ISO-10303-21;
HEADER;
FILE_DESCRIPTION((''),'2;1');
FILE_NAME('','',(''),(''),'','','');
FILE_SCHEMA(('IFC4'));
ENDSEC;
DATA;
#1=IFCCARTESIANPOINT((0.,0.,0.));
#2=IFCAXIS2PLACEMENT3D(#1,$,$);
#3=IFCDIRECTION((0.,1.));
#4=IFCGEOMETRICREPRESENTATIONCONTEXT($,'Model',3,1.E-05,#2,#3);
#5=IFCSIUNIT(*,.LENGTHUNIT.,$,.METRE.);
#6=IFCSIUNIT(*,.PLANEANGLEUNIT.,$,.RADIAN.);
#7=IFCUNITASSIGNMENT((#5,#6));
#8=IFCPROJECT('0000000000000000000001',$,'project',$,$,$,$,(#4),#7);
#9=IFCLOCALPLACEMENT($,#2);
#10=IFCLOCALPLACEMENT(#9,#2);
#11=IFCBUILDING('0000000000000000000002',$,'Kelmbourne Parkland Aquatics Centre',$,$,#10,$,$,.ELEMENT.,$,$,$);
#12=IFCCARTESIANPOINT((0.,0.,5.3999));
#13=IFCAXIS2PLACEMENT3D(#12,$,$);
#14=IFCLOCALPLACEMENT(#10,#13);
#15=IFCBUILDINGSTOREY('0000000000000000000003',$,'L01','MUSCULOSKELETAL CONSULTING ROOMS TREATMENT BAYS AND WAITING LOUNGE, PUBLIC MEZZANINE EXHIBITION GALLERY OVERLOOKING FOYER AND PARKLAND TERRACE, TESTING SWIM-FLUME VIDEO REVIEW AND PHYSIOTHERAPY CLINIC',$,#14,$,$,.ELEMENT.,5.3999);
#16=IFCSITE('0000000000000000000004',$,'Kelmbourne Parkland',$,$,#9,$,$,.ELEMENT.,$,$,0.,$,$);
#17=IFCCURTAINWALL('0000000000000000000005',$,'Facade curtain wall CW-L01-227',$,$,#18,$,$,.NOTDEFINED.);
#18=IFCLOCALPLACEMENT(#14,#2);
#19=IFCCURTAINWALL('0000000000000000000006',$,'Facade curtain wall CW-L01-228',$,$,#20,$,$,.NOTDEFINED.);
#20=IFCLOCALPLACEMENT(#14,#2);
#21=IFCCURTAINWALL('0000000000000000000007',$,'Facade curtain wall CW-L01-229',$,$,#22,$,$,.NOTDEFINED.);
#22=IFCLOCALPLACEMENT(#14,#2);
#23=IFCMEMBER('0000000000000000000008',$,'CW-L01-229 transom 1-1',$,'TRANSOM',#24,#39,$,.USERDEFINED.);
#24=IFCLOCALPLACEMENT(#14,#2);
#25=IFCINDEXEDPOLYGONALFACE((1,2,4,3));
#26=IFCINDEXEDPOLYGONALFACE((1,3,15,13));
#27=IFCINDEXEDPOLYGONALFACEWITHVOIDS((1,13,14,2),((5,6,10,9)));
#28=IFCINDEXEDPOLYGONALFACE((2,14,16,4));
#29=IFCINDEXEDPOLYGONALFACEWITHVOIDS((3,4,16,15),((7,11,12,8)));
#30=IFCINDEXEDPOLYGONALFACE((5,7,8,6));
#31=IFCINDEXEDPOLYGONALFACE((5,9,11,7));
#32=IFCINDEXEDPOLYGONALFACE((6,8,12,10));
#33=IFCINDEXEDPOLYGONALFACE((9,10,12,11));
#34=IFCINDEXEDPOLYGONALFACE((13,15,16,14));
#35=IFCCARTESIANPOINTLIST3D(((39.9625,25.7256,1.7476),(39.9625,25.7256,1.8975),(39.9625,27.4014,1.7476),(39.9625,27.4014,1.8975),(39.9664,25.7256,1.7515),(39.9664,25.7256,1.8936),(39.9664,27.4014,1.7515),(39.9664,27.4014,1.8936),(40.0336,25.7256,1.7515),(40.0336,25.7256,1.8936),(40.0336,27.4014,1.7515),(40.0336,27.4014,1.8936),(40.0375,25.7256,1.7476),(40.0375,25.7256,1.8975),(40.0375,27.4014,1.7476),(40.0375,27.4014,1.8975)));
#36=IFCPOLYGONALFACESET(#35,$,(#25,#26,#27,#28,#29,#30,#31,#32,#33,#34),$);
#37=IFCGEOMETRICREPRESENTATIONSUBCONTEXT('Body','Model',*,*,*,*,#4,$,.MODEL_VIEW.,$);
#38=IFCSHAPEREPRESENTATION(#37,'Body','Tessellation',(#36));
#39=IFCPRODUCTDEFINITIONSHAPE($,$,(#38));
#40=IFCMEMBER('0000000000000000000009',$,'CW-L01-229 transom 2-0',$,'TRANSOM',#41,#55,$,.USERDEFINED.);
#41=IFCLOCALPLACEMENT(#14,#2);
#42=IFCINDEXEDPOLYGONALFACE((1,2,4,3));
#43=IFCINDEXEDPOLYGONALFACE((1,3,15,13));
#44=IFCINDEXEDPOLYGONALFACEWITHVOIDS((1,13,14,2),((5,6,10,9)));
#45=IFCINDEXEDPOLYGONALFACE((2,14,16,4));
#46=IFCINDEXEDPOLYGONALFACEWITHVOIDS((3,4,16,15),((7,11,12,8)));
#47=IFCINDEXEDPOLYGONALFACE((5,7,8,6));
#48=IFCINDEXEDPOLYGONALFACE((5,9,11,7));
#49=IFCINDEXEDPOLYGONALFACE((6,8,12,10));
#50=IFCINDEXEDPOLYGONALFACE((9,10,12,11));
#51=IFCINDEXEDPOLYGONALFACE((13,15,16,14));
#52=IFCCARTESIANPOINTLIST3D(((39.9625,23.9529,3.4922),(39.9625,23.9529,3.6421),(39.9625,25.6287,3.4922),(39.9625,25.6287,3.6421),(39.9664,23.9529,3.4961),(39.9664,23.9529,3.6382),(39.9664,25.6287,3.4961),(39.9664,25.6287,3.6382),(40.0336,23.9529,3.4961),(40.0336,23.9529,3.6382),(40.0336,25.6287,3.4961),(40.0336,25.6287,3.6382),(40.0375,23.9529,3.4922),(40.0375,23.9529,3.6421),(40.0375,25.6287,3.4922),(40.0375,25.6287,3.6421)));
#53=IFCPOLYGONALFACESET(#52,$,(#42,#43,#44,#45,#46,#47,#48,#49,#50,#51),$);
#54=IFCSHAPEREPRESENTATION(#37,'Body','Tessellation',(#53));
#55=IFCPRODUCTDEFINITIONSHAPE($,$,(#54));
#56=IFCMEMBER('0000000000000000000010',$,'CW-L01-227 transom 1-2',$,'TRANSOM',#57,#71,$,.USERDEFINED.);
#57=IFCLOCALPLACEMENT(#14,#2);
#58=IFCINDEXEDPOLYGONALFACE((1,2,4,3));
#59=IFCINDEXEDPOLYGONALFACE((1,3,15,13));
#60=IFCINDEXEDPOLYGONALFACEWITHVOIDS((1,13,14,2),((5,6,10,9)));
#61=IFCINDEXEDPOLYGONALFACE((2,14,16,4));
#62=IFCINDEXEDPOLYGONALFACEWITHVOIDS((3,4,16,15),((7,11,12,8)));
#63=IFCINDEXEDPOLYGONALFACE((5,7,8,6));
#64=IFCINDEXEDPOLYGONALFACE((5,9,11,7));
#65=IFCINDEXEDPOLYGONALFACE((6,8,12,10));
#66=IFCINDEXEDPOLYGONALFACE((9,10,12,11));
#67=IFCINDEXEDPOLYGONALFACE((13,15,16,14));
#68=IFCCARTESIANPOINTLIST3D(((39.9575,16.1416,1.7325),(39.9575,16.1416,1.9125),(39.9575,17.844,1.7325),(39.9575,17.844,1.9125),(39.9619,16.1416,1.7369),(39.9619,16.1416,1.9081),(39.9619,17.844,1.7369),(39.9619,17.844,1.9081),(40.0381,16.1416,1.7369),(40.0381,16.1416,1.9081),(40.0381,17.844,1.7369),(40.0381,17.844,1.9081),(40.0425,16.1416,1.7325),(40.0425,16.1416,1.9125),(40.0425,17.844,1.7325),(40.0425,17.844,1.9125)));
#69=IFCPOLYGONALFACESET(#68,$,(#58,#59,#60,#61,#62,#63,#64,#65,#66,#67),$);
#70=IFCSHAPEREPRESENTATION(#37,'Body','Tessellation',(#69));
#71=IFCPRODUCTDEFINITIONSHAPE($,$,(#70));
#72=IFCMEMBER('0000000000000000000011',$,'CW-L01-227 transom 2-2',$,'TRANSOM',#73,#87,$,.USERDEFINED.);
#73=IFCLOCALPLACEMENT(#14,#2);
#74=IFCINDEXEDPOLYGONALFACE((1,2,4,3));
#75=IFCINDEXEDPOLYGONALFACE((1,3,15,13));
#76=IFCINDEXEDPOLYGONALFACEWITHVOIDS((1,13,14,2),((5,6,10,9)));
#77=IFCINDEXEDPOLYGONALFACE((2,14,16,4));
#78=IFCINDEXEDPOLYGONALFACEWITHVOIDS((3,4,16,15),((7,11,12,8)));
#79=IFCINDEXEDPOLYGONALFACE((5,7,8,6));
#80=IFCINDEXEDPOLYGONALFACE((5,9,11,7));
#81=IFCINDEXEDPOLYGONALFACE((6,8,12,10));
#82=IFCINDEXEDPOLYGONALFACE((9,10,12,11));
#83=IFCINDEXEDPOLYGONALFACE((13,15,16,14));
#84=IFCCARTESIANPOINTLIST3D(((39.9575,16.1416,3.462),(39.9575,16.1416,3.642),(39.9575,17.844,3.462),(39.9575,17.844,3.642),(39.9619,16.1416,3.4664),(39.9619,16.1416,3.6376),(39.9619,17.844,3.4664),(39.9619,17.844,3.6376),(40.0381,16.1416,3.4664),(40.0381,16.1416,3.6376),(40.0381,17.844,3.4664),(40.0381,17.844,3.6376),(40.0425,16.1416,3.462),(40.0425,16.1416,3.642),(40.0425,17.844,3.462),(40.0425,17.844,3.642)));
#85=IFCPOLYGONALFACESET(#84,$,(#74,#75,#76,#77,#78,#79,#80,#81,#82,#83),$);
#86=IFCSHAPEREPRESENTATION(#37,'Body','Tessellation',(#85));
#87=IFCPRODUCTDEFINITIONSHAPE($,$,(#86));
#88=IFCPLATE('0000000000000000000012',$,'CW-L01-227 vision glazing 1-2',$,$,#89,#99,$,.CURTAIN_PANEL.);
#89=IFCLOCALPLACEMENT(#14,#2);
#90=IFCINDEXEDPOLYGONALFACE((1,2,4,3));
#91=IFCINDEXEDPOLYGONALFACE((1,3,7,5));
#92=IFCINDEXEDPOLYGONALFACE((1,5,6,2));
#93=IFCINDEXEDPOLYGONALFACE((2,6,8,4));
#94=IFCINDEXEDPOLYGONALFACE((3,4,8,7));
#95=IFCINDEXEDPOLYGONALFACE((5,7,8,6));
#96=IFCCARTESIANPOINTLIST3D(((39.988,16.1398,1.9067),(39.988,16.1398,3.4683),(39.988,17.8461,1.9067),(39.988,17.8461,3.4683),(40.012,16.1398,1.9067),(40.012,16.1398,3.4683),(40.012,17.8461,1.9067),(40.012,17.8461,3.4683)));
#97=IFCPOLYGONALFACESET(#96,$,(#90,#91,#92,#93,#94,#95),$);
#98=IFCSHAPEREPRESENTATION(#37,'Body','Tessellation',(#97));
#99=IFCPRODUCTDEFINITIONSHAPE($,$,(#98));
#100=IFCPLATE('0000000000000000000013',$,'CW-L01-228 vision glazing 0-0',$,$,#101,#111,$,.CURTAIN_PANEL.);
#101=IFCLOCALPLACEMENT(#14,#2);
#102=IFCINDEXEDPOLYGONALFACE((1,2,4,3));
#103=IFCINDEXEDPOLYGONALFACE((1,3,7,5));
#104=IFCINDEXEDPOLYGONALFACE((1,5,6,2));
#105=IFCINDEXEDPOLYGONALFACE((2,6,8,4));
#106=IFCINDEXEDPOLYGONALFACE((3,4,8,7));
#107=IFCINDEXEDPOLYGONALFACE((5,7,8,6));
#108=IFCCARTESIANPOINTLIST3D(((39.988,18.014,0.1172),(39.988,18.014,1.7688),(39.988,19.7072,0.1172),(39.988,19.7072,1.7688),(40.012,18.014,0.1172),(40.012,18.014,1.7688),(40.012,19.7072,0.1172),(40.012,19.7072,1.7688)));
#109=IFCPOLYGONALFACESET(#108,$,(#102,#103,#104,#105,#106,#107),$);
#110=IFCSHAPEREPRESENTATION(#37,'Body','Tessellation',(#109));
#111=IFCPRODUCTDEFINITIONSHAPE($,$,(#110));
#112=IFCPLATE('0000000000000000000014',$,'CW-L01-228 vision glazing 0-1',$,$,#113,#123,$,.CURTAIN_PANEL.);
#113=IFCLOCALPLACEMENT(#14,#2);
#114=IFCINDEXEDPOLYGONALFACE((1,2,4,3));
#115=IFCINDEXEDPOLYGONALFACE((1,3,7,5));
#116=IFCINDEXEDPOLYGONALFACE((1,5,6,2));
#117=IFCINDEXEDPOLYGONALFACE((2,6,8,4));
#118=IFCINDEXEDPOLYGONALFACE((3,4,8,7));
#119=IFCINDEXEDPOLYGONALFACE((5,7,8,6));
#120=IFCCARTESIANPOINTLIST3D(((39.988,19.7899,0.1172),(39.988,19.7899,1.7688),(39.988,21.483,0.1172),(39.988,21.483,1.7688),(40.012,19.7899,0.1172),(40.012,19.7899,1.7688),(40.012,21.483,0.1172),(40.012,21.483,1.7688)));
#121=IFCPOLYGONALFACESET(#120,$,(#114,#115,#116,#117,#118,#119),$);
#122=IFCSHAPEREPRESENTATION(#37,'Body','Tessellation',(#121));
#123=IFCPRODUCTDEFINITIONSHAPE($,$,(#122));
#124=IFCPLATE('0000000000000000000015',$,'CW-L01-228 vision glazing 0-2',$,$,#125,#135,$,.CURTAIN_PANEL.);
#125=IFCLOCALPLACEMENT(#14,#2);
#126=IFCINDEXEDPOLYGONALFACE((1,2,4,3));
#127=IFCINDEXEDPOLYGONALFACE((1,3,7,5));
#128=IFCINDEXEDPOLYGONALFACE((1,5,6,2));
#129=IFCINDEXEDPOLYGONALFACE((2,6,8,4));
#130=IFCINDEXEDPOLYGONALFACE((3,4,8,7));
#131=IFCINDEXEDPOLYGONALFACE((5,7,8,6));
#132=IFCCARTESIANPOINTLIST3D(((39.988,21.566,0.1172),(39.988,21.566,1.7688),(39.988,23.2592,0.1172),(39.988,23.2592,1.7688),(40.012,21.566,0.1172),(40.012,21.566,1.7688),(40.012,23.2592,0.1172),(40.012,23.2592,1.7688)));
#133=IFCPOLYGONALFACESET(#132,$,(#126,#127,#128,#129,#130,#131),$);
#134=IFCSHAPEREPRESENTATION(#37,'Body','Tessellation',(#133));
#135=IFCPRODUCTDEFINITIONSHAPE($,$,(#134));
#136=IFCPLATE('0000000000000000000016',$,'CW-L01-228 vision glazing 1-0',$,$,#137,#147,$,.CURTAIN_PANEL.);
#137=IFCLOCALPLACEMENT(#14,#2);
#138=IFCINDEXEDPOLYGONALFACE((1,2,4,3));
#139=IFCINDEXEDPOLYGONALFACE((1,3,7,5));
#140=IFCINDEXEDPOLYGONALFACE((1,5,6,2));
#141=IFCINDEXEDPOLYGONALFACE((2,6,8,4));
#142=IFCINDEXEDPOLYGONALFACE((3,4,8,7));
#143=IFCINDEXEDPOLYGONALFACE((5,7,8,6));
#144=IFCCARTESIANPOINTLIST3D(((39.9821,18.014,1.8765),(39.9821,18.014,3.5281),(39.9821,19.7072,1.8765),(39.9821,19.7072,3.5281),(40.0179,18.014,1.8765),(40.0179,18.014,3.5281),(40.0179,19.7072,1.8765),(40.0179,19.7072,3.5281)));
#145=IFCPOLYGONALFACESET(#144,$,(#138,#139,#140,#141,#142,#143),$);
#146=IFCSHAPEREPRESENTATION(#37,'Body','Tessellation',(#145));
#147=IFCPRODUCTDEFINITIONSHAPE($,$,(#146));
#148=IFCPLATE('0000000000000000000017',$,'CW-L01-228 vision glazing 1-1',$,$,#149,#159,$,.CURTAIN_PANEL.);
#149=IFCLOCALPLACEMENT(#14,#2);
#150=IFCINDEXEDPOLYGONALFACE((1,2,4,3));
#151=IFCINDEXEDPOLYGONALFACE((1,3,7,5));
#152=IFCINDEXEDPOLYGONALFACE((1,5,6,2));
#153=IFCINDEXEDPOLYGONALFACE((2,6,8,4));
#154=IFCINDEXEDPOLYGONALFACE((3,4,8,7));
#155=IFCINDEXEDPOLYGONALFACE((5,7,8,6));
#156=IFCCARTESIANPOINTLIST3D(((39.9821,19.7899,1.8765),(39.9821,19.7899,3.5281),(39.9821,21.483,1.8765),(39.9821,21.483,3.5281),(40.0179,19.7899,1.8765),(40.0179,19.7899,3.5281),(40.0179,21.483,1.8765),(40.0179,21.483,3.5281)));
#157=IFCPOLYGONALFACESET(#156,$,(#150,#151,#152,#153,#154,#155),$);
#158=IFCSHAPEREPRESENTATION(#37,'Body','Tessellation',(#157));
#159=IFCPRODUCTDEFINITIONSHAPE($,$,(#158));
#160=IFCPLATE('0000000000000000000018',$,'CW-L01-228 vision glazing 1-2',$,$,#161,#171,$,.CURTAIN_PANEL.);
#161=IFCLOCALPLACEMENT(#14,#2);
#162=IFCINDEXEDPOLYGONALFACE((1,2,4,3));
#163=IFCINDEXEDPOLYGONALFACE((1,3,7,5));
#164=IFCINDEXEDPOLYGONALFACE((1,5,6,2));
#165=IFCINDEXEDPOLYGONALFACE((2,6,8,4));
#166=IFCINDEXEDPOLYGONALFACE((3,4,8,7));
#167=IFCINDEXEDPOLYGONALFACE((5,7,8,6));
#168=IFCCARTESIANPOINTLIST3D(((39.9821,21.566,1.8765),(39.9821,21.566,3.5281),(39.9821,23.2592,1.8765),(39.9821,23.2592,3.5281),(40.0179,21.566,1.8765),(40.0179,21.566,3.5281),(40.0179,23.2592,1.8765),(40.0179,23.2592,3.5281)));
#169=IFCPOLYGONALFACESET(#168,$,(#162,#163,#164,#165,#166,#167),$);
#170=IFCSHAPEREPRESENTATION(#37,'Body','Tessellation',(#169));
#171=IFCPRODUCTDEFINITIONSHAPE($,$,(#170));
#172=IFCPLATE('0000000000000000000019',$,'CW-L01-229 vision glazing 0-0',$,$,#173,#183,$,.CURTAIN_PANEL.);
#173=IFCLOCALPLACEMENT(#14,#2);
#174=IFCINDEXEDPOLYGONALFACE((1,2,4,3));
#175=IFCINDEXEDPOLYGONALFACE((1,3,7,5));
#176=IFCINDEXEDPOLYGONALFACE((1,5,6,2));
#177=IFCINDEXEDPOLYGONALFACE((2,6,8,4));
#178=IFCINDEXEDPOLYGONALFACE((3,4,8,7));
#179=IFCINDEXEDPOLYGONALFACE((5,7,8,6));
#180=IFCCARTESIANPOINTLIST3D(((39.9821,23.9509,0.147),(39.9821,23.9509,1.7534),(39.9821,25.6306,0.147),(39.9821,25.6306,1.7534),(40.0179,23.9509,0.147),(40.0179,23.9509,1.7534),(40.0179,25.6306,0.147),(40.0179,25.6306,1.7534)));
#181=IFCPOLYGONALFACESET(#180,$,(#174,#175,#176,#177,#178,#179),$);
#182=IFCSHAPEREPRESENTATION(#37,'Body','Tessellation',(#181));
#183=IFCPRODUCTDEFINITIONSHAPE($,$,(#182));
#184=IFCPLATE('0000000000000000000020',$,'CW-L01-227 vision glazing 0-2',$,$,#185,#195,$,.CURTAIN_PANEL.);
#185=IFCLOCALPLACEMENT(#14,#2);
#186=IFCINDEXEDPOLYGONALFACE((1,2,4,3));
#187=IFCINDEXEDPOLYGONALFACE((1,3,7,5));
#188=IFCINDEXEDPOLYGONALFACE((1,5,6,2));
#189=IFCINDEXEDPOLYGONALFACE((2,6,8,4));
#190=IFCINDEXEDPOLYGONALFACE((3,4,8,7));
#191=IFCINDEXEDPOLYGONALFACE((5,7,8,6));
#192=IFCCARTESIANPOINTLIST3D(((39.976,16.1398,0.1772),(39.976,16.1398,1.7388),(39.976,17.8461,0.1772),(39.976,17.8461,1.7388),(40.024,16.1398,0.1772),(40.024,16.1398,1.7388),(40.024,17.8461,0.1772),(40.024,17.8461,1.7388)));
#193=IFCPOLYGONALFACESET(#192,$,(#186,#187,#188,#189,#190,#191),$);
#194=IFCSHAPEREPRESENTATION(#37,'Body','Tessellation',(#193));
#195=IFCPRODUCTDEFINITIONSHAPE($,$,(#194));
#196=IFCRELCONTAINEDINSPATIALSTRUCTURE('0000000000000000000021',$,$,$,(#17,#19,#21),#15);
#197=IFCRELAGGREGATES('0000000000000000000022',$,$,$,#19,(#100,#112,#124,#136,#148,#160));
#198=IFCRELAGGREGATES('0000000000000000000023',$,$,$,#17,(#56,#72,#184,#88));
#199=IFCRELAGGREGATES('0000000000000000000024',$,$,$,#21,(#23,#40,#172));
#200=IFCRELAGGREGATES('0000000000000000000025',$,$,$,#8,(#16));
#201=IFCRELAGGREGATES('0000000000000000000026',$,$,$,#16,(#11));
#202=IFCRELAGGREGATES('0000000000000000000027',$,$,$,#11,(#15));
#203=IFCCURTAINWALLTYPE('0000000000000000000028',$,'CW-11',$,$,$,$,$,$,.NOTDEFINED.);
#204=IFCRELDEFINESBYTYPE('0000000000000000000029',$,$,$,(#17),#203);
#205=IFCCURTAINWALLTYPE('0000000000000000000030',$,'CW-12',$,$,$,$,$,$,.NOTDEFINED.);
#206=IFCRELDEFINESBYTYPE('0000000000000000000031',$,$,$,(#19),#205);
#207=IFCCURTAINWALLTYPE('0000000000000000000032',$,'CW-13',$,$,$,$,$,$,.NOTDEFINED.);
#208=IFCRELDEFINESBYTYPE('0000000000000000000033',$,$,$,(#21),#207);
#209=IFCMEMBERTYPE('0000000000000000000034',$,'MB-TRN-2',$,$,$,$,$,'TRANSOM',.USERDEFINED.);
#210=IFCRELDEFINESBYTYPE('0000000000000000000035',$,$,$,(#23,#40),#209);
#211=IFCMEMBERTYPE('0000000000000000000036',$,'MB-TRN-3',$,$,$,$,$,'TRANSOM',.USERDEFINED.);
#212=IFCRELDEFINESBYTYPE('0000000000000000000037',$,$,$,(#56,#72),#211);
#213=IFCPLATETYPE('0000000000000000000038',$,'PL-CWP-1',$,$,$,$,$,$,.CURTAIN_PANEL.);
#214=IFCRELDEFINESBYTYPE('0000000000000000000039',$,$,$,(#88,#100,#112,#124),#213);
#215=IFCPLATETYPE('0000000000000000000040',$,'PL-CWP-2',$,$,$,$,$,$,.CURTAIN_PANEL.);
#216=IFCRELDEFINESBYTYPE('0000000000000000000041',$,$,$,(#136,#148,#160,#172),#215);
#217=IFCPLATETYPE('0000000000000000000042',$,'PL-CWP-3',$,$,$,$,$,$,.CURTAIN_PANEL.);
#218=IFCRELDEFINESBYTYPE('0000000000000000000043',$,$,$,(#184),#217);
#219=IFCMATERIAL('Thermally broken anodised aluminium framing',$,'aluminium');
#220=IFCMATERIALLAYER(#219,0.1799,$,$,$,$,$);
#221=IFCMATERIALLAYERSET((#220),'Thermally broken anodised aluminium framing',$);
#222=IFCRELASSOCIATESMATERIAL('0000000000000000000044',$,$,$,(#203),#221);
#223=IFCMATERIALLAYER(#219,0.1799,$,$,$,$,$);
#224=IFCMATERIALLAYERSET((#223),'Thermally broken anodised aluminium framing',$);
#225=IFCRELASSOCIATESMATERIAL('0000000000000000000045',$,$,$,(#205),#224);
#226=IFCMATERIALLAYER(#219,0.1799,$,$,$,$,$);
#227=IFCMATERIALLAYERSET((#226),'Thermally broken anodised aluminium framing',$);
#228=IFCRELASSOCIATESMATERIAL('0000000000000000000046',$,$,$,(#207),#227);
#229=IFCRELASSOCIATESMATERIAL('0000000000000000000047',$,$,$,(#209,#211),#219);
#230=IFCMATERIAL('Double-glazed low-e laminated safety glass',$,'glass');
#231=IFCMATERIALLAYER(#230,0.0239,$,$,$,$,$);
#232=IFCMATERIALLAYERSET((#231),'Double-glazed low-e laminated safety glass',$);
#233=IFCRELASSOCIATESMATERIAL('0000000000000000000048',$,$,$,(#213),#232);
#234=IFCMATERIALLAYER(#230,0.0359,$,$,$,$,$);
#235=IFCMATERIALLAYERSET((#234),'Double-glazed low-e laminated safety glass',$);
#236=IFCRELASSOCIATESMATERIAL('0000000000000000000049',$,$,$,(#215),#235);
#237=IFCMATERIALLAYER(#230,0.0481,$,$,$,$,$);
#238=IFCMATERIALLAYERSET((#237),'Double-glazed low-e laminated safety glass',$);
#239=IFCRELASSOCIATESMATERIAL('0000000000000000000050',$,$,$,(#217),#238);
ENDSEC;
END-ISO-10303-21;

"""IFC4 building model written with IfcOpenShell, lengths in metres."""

from ifc_helpers import new_model, si_unit, direction, frame, origin, origin_2d, place, context, subcontext, project, spatial, rectangle, hollow_rectangle, extrude, material, layer, layer_set, material_profile, profile_set, type_object, element, aggregate, save


model = new_model("IFC4")

# Units and contexts
model_context = context("Model", 3, precision=1e-05, world=origin(), true_north=direction((0.0, 1.0)))
body_context = subcontext(model_context, "Body", "Model", "MODEL_VIEW")
ifc_project = project(units=[si_unit("LENGTHUNIT", "METRE"), si_unit("PLANEANGLEUNIT", "RADIAN")], contexts=[model_context])

# Site, building, storey
site_placement = place(None, origin())
site = spatial("IfcSite", under=ifc_project, at=site_placement, Name="Kelmbourne Parkland", CompositionType="ELEMENT", RefElevation=0.0)
building_placement = place(site_placement, origin())
building = spatial("IfcBuilding", under=site, at=building_placement, Name="Kelmbourne Parkland Aquatics Centre", CompositionType="ELEMENT")
storey_placement = place(building_placement, frame((0.0, 0.0, 5.3999)))
storey = spatial("IfcBuildingStorey", under=building, at=storey_placement, Name="L01", Description="MUSCULOSKELETAL CONSULTING ROOMS TREATMENT BAYS AND WAITING LOUNGE, PUBLIC MEZZANINE EXHIBITION GALLERY OVERLOOKING FOYER AND PARKLAND TERRACE, TESTING SWIM-FLUME VIDEO REVIEW AND PHYSIOTHERAPY CLINIC", CompositionType="ELEMENT", Elevation=5.3999)

# Curtain wall
ifc_material_1 = material(Name="Thermally broken anodised aluminium framing", Category="aluminium")
ifc_layer_1 = layer(ifc_material_1, 0.1799)
ifc_layer_set_1 = layer_set([ifc_layer_1], Name="Thermally broken anodised aluminium framing")
curtain_wall_type_1 = type_object("IfcCurtainWallType", Name="CW-11", PredefinedType="NOTDEFINED", material=ifc_layer_set_1)
curtain_wall_1_placement = place(storey_placement, origin())
curtain_wall_1 = element("IfcCurtainWall", 1, at=curtain_wall_1_placement, inside=storey, type_object=curtain_wall_type_1, Name="Facade curtain wall CW-L01-227", PredefinedType="NOTDEFINED")

# Curtain walls
ifc_layer_2 = layer(ifc_material_1, 0.1799)
ifc_layer_set_2 = layer_set([ifc_layer_2], Name="Thermally broken anodised aluminium framing")
curtain_wall_type_2 = type_object("IfcCurtainWallType", Name="CW-12", PredefinedType="NOTDEFINED", material=ifc_layer_set_2)
curtain_wall_2_placement = place(storey_placement, origin())
curtain_wall_2 = element("IfcCurtainWall", 2, at=curtain_wall_2_placement, inside=storey, type_object=curtain_wall_type_2, Name="Facade curtain wall CW-L01-228", PredefinedType="NOTDEFINED")
ifc_layer_3 = layer(ifc_material_1, 0.1799)
ifc_layer_set_3 = layer_set([ifc_layer_3], Name="Thermally broken anodised aluminium framing")
curtain_wall_type_3 = type_object("IfcCurtainWallType", Name="CW-13", PredefinedType="NOTDEFINED", material=ifc_layer_set_3)
curtain_wall_3_placement = place(storey_placement, origin())
curtain_wall_3 = element("IfcCurtainWall", 3, at=curtain_wall_3_placement, inside=storey, type_object=curtain_wall_type_3, Name="Facade curtain wall CW-L01-229", PredefinedType="NOTDEFINED")

# Members
ifc_material_profile_1 = material_profile(ifc_material_1, hollow_rectangle(XDim=0.075, YDim=0.1499, WallThickness=0.0039, at=origin_2d()), Name="CW-T 75x150")
ifc_profile_set_1 = profile_set([ifc_material_profile_1], Name="Thermally broken anodised aluminium framing")
member_type_1 = type_object("IfcMemberType", Name="MB-TRN-2", ElementType="TRANSOM", PredefinedType="USERDEFINED", material=ifc_profile_set_1)
member_1_placement = place(storey_placement, frame((40.0, 25.7256, 1.8225), z_axis=(0.0, 1.0, 0.0), x_axis=(-1.0, 0.0, 0.0)))
member_1 = element("IfcMember", 4, at=member_1_placement, type_object=member_type_1, Name="CW-L01-229 transom 1-1", ObjectType="TRANSOM", PredefinedType="USERDEFINED", context=body_context, shape_type="SweptSolid", body=[
    extrude(hollow_rectangle(XDim=0.075, YDim=0.1499, WallThickness=0.0039, at=origin_2d()), origin(), (0.0, 0.0, 1.0), 1.6758),
])
member_2_placement = place(storey_placement, frame((40.0, 23.9529, 3.5671), z_axis=(0.0, 1.0, 0.0), x_axis=(-1.0, 0.0, 0.0)))
member_2 = element("IfcMember", 5, at=member_2_placement, type_object=member_type_1, Name="CW-L01-229 transom 2-0", ObjectType="TRANSOM", PredefinedType="USERDEFINED", context=body_context, shape_type="SweptSolid", body=[
    extrude(hollow_rectangle(XDim=0.075, YDim=0.1499, WallThickness=0.0039, at=origin_2d()), origin(), (0.0, 0.0, 1.0), 1.6758),
])
ifc_material_profile_2 = material_profile(ifc_material_1, hollow_rectangle(XDim=0.085, YDim=0.1799, WallThickness=0.0044, at=origin_2d()), Name="CW-T 85x180")
ifc_profile_set_2 = profile_set([ifc_material_profile_2], Name="Thermally broken anodised aluminium framing")
member_type_2 = type_object("IfcMemberType", Name="MB-TRN-3", ElementType="TRANSOM", PredefinedType="USERDEFINED", material=ifc_profile_set_2)
member_3_placement = place(storey_placement, frame((40.0, 16.1416, 1.8225), z_axis=(0.0, 1.0, 0.0), x_axis=(-1.0, 0.0, 0.0)))
member_3 = element("IfcMember", 6, at=member_3_placement, type_object=member_type_2, Name="CW-L01-227 transom 1-2", ObjectType="TRANSOM", PredefinedType="USERDEFINED", context=body_context, shape_type="SweptSolid", body=[
    extrude(hollow_rectangle(XDim=0.085, YDim=0.1799, WallThickness=0.0044, at=origin_2d()), origin(), (0.0, 0.0, 1.0), 1.7024),
])
member_4_placement = place(storey_placement, frame((40.0, 16.1416, 3.552), z_axis=(0.0, 1.0, 0.0), x_axis=(-1.0, 0.0, 0.0)))
member_4 = element("IfcMember", 7, at=member_4_placement, type_object=member_type_2, Name="CW-L01-227 transom 2-2", ObjectType="TRANSOM", PredefinedType="USERDEFINED", context=body_context, shape_type="SweptSolid", body=[
    extrude(hollow_rectangle(XDim=0.085, YDim=0.1799, WallThickness=0.0044, at=origin_2d()), origin(), (0.0, 0.0, 1.0), 1.7024),
])

# Plates
ifc_material_2 = material(Name="Double-glazed low-e laminated safety glass", Category="glass")
ifc_layer_4 = layer(ifc_material_2, 0.0239)
ifc_layer_set_4 = layer_set([ifc_layer_4], Name="Double-glazed low-e laminated safety glass")
plate_type_1 = type_object("IfcPlateType", Name="PL-CWP-1", PredefinedType="CURTAIN_PANEL", material=ifc_layer_set_4)
plate_1_placement = place(storey_placement, frame((40.0, 16.9929, 1.9067), z_axis=(0.0, 0.0, 1.0), x_axis=(0.0, 1.0, 0.0)))
plate_1 = element("IfcPlate", 8, at=plate_1_placement, type_object=plate_type_1, Name="CW-L01-227 vision glazing 1-2", PredefinedType="CURTAIN_PANEL", context=body_context, shape_type="SweptSolid", body=[
    extrude(rectangle(XDim=1.7063, YDim=0.0239, at=origin_2d()), origin(), (0.0, 0.0, 1.0), 1.5615),
])
plate_2_placement = place(storey_placement, frame((40.0, 18.8606, 0.1172), z_axis=(0.0, 0.0, 1.0), x_axis=(0.0, 1.0, 0.0)))
plate_2 = element("IfcPlate", 9, at=plate_2_placement, type_object=plate_type_1, Name="CW-L01-228 vision glazing 0-0", PredefinedType="CURTAIN_PANEL", context=body_context, shape_type="SweptSolid", body=[
    extrude(rectangle(XDim=1.6931, YDim=0.0239, at=origin_2d()), origin(), (0.0, 0.0, 1.0), 1.6516),
])
plate_3_placement = place(storey_placement, frame((40.0, 20.6365, 0.1172), z_axis=(0.0, 0.0, 1.0), x_axis=(0.0, 1.0, 0.0)))
plate_3 = element("IfcPlate", 10, at=plate_3_placement, type_object=plate_type_1, Name="CW-L01-228 vision glazing 0-1", PredefinedType="CURTAIN_PANEL", context=body_context, shape_type="SweptSolid", body=[
    extrude(rectangle(XDim=1.6931, YDim=0.0239, at=origin_2d()), origin(), (0.0, 0.0, 1.0), 1.6516),
])
plate_4_placement = place(storey_placement, frame((40.0, 22.4126, 0.1172), z_axis=(0.0, 0.0, 1.0), x_axis=(0.0, 1.0, 0.0)))
plate_4 = element("IfcPlate", 11, at=plate_4_placement, type_object=plate_type_1, Name="CW-L01-228 vision glazing 0-2", PredefinedType="CURTAIN_PANEL", context=body_context, shape_type="SweptSolid", body=[
    extrude(rectangle(XDim=1.6931, YDim=0.0239, at=origin_2d()), origin(), (0.0, 0.0, 1.0), 1.6516),
])
ifc_layer_5 = layer(ifc_material_2, 0.0359)
ifc_layer_set_5 = layer_set([ifc_layer_5], Name="Double-glazed low-e laminated safety glass")
plate_type_2 = type_object("IfcPlateType", Name="PL-CWP-2", PredefinedType="CURTAIN_PANEL", material=ifc_layer_set_5)
plate_5_placement = place(storey_placement, frame((40.0, 18.8606, 1.8765), z_axis=(0.0, 0.0, 1.0), x_axis=(0.0, 1.0, 0.0)))
plate_5 = element("IfcPlate", 12, at=plate_5_placement, type_object=plate_type_2, Name="CW-L01-228 vision glazing 1-0", PredefinedType="CURTAIN_PANEL", context=body_context, shape_type="SweptSolid", body=[
    extrude(rectangle(XDim=1.6931, YDim=0.0359, at=origin_2d()), origin(), (0.0, 0.0, 1.0), 1.6516),
])
plate_6_placement = place(storey_placement, frame((40.0, 20.6365, 1.8765), z_axis=(0.0, 0.0, 1.0), x_axis=(0.0, 1.0, 0.0)))
plate_6 = element("IfcPlate", 13, at=plate_6_placement, type_object=plate_type_2, Name="CW-L01-228 vision glazing 1-1", PredefinedType="CURTAIN_PANEL", context=body_context, shape_type="SweptSolid", body=[
    extrude(rectangle(XDim=1.6931, YDim=0.0359, at=origin_2d()), origin(), (0.0, 0.0, 1.0), 1.6516),
])
plate_7_placement = place(storey_placement, frame((40.0, 22.4126, 1.8765), z_axis=(0.0, 0.0, 1.0), x_axis=(0.0, 1.0, 0.0)))
plate_7 = element("IfcPlate", 14, at=plate_7_placement, type_object=plate_type_2, Name="CW-L01-228 vision glazing 1-2", PredefinedType="CURTAIN_PANEL", context=body_context, shape_type="SweptSolid", body=[
    extrude(rectangle(XDim=1.6931, YDim=0.0359, at=origin_2d()), origin(), (0.0, 0.0, 1.0), 1.6516),
])
aggregate(curtain_wall_2, [plate_2, plate_3, plate_4, plate_5, plate_6, plate_7])
plate_8_placement = place(storey_placement, frame((40.0, 24.7908, 0.147), z_axis=(0.0, 0.0, 1.0), x_axis=(0.0, 1.0, 0.0)))
plate_8 = element("IfcPlate", 15, at=plate_8_placement, type_object=plate_type_2, Name="CW-L01-229 vision glazing 0-0", PredefinedType="CURTAIN_PANEL", context=body_context, shape_type="SweptSolid", body=[
    extrude(rectangle(XDim=1.6797, YDim=0.0359, at=origin_2d()), origin(), (0.0, 0.0, 1.0), 1.6064),
])
ifc_layer_6 = layer(ifc_material_2, 0.0481)
ifc_layer_set_6 = layer_set([ifc_layer_6], Name="Double-glazed low-e laminated safety glass")
plate_type_3 = type_object("IfcPlateType", Name="PL-CWP-3", PredefinedType="CURTAIN_PANEL", material=ifc_layer_set_6)
plate_9_placement = place(storey_placement, frame((40.0, 16.9929, 0.1772), z_axis=(0.0, 0.0, 1.0), x_axis=(0.0, 1.0, 0.0)))
plate_9 = element("IfcPlate", 16, at=plate_9_placement, type_object=plate_type_3, Name="CW-L01-227 vision glazing 0-2", PredefinedType="CURTAIN_PANEL", context=body_context, shape_type="SweptSolid", body=[
    extrude(rectangle(XDim=1.7063, YDim=0.0481, at=origin_2d()), origin(), (0.0, 0.0, 1.0), 1.5615),
])
aggregate(curtain_wall_1, [member_3, member_4, plate_9, plate_1])
aggregate(curtain_wall_3, [member_1, member_2, plate_8])

save(model, "model.ifc")
